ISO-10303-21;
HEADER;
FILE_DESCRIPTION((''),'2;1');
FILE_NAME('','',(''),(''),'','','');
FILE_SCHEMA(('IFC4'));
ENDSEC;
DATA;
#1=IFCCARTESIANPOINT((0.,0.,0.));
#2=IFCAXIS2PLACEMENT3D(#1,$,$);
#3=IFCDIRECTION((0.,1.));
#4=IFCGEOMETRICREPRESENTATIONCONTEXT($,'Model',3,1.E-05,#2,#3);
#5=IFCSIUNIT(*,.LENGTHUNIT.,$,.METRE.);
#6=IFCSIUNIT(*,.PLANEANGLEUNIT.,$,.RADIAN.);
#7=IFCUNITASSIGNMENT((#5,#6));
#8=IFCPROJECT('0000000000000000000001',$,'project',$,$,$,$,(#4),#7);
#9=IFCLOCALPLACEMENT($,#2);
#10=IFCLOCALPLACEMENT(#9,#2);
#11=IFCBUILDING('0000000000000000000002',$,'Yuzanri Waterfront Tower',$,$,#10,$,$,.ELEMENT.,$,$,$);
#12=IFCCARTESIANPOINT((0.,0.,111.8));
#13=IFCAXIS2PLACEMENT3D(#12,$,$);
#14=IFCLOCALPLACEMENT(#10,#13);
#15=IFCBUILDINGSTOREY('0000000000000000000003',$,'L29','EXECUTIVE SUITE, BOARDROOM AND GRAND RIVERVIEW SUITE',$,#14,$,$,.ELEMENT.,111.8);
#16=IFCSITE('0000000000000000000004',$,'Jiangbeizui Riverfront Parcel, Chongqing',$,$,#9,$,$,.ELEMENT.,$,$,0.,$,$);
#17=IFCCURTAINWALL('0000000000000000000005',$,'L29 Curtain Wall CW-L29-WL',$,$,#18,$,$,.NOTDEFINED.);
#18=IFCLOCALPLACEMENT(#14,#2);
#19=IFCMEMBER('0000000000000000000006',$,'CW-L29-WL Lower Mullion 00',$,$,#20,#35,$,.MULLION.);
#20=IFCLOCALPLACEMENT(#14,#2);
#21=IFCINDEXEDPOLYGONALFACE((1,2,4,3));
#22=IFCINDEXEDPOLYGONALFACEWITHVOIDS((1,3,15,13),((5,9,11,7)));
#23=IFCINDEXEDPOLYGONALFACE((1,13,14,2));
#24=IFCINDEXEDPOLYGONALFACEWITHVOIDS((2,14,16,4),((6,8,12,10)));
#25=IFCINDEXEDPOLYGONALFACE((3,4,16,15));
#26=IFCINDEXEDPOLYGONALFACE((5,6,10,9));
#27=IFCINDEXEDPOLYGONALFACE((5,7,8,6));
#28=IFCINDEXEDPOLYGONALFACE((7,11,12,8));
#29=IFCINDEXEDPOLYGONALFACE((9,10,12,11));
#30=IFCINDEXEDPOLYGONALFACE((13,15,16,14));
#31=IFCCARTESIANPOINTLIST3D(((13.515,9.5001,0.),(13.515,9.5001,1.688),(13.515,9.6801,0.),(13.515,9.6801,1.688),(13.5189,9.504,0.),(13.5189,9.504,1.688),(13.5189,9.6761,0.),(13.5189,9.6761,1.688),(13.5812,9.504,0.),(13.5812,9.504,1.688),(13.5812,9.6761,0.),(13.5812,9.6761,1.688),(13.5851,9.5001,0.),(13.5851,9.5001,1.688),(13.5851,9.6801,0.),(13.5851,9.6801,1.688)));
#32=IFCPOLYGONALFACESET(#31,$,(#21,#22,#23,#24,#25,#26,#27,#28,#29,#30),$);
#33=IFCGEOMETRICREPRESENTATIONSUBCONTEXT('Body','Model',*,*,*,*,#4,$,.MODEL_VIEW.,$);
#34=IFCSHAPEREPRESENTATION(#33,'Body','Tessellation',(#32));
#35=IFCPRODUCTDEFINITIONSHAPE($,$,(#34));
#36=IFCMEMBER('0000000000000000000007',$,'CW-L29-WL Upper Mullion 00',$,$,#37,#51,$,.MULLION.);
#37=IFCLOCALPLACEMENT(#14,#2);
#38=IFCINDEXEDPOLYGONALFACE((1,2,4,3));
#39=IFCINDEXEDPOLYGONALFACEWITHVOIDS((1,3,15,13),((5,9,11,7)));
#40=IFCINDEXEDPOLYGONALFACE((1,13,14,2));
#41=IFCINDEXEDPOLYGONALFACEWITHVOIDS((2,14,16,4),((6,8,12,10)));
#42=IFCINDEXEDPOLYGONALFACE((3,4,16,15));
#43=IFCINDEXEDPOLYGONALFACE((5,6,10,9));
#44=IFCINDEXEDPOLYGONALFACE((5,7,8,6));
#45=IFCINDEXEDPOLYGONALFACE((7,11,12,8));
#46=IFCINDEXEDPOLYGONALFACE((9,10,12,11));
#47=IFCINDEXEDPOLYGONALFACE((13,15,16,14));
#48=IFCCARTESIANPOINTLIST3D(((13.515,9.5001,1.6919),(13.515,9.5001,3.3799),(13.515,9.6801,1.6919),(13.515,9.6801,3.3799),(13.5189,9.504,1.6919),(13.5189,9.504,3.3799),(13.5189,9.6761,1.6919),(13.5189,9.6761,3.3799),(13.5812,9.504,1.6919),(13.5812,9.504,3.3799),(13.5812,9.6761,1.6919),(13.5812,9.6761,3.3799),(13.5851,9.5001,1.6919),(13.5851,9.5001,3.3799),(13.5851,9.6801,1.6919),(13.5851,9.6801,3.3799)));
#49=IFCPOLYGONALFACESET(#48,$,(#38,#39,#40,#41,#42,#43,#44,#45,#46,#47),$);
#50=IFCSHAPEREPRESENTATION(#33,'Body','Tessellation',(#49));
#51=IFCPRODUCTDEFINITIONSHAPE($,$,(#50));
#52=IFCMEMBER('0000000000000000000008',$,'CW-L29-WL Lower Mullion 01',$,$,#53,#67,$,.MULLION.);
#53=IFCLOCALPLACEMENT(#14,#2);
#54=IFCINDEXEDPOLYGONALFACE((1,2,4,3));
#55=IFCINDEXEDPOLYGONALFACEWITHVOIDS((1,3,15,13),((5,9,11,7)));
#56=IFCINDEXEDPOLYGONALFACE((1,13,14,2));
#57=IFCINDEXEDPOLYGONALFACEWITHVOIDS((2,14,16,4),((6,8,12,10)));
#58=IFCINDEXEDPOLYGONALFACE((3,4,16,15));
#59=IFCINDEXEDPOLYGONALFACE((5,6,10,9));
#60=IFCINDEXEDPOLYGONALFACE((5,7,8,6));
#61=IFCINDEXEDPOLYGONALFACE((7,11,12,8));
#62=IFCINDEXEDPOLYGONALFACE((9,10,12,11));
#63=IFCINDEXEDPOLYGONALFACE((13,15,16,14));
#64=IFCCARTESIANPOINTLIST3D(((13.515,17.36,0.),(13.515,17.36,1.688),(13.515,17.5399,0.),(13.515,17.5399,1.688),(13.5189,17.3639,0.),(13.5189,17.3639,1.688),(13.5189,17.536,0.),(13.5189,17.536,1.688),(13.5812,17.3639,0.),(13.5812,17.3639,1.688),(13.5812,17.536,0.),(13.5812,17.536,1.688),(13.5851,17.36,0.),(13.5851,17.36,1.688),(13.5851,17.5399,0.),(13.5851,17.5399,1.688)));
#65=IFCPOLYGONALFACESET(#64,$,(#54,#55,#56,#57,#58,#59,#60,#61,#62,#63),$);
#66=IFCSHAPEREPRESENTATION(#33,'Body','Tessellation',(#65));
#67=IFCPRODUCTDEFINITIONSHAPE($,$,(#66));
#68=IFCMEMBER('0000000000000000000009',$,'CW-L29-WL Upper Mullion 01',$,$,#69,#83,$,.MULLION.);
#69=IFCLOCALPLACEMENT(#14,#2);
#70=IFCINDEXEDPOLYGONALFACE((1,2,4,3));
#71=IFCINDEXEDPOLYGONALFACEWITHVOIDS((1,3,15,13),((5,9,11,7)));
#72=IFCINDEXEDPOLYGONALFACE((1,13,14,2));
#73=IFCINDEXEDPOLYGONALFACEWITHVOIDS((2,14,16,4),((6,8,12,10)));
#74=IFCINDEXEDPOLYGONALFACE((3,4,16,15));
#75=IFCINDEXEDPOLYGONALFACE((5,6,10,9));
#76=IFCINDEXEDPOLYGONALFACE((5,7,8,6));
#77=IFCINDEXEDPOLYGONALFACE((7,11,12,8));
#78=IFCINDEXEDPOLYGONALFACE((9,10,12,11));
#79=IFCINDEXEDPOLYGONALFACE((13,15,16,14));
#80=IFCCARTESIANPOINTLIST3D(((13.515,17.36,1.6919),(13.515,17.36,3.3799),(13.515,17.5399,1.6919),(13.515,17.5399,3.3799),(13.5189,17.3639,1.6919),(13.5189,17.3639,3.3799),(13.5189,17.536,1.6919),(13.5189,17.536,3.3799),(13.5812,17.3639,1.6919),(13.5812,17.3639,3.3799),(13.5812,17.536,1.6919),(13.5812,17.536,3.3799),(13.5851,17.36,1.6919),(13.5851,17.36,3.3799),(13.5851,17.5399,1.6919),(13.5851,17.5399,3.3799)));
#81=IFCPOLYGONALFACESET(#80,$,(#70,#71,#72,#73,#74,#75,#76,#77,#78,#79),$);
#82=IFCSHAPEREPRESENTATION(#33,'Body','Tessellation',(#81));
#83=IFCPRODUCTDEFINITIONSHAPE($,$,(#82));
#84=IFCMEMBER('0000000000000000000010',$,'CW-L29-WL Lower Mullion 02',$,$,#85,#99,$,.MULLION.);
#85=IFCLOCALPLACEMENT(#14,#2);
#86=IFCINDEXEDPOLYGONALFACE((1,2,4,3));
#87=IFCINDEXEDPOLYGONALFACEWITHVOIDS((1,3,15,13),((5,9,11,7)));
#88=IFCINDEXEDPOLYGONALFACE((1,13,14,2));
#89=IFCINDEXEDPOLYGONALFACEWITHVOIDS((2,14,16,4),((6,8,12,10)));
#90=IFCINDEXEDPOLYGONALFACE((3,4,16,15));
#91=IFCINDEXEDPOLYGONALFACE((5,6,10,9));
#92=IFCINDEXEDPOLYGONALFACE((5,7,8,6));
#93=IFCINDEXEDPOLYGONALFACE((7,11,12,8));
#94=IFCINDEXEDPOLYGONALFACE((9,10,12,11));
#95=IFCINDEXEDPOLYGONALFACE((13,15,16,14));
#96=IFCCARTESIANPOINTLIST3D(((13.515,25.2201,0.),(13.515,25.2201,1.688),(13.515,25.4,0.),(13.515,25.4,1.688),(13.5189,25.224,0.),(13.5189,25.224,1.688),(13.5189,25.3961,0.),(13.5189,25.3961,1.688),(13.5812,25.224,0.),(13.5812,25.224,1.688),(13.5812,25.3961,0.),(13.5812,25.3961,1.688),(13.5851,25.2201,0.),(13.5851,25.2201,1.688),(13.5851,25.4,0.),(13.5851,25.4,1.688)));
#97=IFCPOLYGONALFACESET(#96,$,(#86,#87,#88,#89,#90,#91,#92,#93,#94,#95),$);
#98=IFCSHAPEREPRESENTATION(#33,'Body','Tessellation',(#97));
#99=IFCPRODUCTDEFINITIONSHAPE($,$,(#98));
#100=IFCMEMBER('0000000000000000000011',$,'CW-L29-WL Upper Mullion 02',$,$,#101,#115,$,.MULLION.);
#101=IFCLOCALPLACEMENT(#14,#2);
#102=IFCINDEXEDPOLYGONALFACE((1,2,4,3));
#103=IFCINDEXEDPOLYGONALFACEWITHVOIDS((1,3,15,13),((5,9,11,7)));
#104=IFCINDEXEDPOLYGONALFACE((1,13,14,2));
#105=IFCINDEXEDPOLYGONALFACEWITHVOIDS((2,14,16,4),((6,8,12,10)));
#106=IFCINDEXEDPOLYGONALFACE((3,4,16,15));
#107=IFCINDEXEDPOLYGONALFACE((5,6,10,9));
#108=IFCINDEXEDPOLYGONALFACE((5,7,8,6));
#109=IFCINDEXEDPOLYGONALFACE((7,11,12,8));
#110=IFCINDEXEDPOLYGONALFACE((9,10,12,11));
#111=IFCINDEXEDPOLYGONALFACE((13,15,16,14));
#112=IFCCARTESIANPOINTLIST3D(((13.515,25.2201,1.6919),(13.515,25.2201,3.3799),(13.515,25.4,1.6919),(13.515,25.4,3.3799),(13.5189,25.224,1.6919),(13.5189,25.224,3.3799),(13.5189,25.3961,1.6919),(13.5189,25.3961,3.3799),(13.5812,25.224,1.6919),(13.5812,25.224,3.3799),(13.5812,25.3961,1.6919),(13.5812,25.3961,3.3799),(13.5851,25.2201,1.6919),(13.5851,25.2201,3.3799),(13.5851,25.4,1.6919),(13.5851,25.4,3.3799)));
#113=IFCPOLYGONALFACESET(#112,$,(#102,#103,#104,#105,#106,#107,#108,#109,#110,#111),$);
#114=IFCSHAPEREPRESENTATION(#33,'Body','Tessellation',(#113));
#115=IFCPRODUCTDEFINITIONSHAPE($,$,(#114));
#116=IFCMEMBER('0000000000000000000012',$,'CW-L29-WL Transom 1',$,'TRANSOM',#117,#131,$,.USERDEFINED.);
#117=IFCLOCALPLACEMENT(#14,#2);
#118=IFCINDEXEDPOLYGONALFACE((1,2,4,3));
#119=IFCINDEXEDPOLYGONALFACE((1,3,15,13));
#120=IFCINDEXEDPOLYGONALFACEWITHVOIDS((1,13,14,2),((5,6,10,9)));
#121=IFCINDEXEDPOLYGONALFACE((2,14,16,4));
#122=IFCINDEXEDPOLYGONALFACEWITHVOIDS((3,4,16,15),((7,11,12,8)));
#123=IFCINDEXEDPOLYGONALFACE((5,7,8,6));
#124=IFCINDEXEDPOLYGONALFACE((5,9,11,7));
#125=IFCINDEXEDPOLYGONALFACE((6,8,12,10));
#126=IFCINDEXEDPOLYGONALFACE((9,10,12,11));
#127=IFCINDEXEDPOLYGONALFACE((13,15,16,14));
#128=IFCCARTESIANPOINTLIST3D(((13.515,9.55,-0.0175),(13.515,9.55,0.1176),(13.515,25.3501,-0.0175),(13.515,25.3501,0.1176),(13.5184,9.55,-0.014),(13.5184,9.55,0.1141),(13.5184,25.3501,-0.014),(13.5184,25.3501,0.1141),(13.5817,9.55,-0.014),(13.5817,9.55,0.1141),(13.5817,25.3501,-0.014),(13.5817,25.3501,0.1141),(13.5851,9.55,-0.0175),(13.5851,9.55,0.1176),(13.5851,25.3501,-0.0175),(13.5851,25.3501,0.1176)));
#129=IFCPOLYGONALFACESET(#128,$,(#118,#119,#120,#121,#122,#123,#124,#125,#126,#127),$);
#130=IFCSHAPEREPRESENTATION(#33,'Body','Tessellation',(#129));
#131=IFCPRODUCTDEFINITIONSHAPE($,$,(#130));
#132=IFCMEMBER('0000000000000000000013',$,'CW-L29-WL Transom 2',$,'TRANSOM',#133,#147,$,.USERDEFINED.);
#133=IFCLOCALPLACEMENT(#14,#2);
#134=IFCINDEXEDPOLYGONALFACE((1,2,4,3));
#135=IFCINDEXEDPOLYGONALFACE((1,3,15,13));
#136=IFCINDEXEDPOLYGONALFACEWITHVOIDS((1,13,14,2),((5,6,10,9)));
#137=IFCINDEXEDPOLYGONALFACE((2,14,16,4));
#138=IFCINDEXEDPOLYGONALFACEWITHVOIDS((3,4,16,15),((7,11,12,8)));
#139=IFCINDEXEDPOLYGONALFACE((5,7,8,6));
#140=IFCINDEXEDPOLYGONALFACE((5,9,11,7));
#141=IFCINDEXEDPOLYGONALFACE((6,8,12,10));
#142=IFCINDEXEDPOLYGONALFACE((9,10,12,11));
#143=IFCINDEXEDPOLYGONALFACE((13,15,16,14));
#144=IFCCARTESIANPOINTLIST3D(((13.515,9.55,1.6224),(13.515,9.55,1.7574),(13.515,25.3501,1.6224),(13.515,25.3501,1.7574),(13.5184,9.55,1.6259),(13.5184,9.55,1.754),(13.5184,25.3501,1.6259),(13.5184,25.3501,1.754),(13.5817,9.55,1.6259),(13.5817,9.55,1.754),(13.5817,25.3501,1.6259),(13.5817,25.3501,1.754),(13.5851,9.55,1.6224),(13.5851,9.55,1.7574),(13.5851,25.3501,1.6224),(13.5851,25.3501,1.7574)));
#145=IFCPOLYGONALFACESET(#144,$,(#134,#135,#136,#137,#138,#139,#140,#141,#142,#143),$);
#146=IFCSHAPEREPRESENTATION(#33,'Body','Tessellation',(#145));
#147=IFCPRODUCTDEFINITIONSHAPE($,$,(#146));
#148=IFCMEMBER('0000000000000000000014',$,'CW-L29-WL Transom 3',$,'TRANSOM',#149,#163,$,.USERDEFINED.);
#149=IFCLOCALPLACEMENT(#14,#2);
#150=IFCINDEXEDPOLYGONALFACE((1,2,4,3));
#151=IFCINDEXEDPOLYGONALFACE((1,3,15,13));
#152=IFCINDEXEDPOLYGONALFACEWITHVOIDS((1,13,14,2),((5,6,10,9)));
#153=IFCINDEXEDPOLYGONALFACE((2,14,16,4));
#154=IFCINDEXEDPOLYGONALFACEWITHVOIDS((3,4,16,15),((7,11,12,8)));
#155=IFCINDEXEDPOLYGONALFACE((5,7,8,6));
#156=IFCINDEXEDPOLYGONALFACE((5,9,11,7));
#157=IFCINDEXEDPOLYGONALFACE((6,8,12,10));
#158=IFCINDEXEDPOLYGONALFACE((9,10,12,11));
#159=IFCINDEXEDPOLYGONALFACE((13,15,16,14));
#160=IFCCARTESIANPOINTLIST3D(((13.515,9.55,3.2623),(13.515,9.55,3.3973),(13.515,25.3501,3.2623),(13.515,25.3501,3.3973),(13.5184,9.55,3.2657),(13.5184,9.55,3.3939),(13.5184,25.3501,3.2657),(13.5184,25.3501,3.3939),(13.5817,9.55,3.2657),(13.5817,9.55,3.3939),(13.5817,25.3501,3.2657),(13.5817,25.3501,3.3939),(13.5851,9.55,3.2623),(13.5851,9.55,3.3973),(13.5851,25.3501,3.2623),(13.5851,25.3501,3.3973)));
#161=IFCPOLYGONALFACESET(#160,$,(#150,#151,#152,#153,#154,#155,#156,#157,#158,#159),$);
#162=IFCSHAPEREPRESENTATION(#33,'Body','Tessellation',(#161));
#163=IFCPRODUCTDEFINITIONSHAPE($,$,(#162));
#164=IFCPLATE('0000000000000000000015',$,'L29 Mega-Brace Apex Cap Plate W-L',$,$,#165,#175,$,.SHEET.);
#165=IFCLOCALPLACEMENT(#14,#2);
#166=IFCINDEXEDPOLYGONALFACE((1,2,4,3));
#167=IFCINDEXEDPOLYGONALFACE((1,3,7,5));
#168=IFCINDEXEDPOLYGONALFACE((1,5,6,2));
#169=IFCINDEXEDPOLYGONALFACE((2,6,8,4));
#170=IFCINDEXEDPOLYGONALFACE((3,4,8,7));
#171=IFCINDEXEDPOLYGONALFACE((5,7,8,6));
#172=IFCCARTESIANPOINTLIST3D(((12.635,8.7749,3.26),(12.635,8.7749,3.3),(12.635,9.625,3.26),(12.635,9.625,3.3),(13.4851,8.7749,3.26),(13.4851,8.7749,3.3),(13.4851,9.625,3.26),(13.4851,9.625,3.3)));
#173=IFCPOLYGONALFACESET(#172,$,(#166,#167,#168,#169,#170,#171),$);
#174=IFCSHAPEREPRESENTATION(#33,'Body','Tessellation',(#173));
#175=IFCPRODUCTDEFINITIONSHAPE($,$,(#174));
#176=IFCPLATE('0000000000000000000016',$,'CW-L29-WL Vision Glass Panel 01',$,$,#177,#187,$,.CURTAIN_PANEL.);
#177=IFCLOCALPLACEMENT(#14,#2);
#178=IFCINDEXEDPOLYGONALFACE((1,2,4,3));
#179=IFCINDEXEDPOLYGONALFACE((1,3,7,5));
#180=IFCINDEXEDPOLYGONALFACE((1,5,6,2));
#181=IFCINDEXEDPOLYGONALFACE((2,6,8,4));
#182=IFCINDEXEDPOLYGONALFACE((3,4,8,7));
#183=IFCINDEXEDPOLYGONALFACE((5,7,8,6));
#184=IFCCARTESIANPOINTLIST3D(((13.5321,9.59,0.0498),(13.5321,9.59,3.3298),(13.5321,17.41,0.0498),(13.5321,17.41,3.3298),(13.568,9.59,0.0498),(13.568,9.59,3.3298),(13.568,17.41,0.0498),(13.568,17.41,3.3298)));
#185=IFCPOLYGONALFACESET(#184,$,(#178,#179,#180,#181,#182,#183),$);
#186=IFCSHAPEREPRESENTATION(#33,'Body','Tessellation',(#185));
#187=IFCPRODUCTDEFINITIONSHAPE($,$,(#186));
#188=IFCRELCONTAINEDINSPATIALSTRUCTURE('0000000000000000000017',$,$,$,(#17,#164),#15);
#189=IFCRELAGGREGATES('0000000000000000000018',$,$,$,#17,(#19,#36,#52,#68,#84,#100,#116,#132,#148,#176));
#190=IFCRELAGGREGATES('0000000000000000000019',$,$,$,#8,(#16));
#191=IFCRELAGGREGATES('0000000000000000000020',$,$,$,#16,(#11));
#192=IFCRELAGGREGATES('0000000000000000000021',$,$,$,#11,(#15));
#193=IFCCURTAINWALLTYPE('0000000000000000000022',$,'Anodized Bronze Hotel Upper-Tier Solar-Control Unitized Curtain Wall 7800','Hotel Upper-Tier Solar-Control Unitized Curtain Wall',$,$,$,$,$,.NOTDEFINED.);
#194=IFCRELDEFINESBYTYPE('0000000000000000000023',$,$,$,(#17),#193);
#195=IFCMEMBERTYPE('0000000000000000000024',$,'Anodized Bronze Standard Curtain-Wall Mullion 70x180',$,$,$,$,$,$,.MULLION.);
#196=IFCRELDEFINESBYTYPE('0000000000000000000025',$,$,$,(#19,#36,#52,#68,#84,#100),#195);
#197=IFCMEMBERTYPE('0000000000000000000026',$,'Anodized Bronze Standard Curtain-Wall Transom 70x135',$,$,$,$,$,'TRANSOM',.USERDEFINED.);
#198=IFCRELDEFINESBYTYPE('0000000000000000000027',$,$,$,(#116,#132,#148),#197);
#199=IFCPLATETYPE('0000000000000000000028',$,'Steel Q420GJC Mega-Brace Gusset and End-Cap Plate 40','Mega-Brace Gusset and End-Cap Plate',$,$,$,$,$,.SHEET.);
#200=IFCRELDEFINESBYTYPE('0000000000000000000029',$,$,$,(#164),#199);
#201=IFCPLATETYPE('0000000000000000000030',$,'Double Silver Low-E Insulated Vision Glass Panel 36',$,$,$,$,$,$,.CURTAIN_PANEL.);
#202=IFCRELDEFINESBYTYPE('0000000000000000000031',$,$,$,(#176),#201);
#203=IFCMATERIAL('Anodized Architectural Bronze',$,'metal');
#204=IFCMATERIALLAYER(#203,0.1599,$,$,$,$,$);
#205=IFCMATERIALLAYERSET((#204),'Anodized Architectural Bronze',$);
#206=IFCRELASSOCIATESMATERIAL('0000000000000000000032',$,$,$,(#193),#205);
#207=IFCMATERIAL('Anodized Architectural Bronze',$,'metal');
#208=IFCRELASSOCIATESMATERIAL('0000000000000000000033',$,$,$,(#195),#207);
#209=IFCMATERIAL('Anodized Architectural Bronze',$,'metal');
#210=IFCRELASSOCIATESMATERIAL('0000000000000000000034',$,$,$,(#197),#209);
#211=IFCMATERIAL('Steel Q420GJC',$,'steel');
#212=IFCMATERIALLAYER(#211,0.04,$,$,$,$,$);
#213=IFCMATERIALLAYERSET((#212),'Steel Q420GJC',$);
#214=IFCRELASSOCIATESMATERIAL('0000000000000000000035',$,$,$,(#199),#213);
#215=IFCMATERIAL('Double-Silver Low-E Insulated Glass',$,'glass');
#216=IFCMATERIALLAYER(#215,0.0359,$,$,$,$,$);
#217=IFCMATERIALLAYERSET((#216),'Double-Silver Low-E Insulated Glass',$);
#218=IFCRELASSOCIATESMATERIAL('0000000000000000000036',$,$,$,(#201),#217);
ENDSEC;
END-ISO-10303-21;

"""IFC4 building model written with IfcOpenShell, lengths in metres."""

from ifc_helpers import new_model, si_unit, direction, frame, origin, origin_2d, place, context, subcontext, project, spatial, rectangle, hollow_rectangle, extrude, source, transform, mapped, material, layer, layer_set, material_profile, profile_set, type_object, element, aggregate, save


model = new_model("IFC4")

# Units and contexts
model_context = context("Model", 3, precision=1e-05, world=origin(), true_north=direction((0.0, 1.0)))
body_context = subcontext(model_context, "Body", "Model", "MODEL_VIEW")
ifc_project = project(units=[si_unit("LENGTHUNIT", "METRE"), si_unit("PLANEANGLEUNIT", "RADIAN")], contexts=[model_context])

# Site, building, storey
site_placement = place(None, origin())
site = spatial("IfcSite", under=ifc_project, at=site_placement, Name="Jiangbeizui Riverfront Parcel, Chongqing", CompositionType="ELEMENT", RefElevation=0.0)
building_placement = place(site_placement, origin())
building = spatial("IfcBuilding", under=site, at=building_placement, Name="Yuzanri Waterfront Tower", CompositionType="ELEMENT")
storey_placement = place(building_placement, frame((0.0, 0.0, 111.8)))
storey = spatial("IfcBuildingStorey", under=building, at=storey_placement, Name="L29", Description="EXECUTIVE SUITE, BOARDROOM AND GRAND RIVERVIEW SUITE", CompositionType="ELEMENT", Elevation=111.8)

# Curtain wall, members
ifc_material_1 = material(Name="Anodized Architectural Bronze", Category="metal")
ifc_layer_1 = layer(ifc_material_1, 0.1599)
ifc_layer_set_1 = layer_set([ifc_layer_1], Name="Anodized Architectural Bronze")
curtain_wall_type = type_object("IfcCurtainWallType", Name="Anodized Bronze Hotel Upper-Tier Solar-Control Unitized Curtain Wall 7800", Description="Hotel Upper-Tier Solar-Control Unitized Curtain Wall", PredefinedType="NOTDEFINED", material=ifc_layer_set_1)
curtain_wall_placement = place(storey_placement, origin())
curtain_wall = element("IfcCurtainWall", 1, at=curtain_wall_placement, inside=storey, type_object=curtain_wall_type, Name="L29 Curtain Wall CW-L29-WL", PredefinedType="NOTDEFINED")
ifc_material_2 = material(Name="Anodized Architectural Bronze", Category="metal")
ifc_material_profile_1 = material_profile(ifc_material_2, hollow_rectangle(XDim=0.0701, YDim=0.1799, WallThickness=0.0039, at=origin_2d()), Name="CWM 70x180")
ifc_profile_set_1 = profile_set([ifc_material_profile_1], Name="Anodized Architectural Bronze")
member_type_1 = type_object("IfcMemberType", Name="Anodized Bronze Standard Curtain-Wall Mullion 70x180", PredefinedType="MULLION", material=ifc_profile_set_1)
shared_shape_1 = source(origin(), body_context, "Body", "SweptSolid", [
    extrude(hollow_rectangle(XDim=0.0701, YDim=0.1799, WallThickness=0.0039, at=origin_2d()), origin(), (0.0, 0.0, 1.0), 1.688),
])
member_1_placement = place(storey_placement, frame((13.55, 9.5901, 0.0), z_axis=(0.0, 0.0, 1.0), x_axis=(1.0, 0.0, 0.0)))
member_1 = element("IfcMember", 2, at=member_1_placement, type_object=member_type_1, Name="CW-L29-WL Lower Mullion 00", PredefinedType="MULLION", context=body_context, shape_type="MappedRepresentation", body=[
    mapped(shared_shape_1, transform((0.0, 0.0, 0.0), scale=1.0)),
])
member_2_placement = place(storey_placement, frame((13.55, 9.5901, 1.6919), z_axis=(0.0, 0.0, 1.0), x_axis=(1.0, 0.0, 0.0)))
member_2 = element("IfcMember", 3, at=member_2_placement, type_object=member_type_1, Name="CW-L29-WL Upper Mullion 00", PredefinedType="MULLION", context=body_context, shape_type="MappedRepresentation", body=[
    mapped(shared_shape_1, transform((0.0, 0.0, 0.0), scale=1.0)),
])
member_3_placement = place(storey_placement, frame((13.55, 17.45, 0.0), z_axis=(0.0, 0.0, 1.0), x_axis=(1.0, 0.0, 0.0)))
member_3 = element("IfcMember", 4, at=member_3_placement, type_object=member_type_1, Name="CW-L29-WL Lower Mullion 01", PredefinedType="MULLION", context=body_context, shape_type="MappedRepresentation", body=[
    mapped(shared_shape_1, transform((0.0, 0.0, 0.0), scale=1.0)),
])
member_4_placement = place(storey_placement, frame((13.55, 17.45, 1.6919), z_axis=(0.0, 0.0, 1.0), x_axis=(1.0, 0.0, 0.0)))
member_4 = element("IfcMember", 5, at=member_4_placement, type_object=member_type_1, Name="CW-L29-WL Upper Mullion 01", PredefinedType="MULLION", context=body_context, shape_type="MappedRepresentation", body=[
    mapped(shared_shape_1, transform((0.0, 0.0, 0.0), scale=1.0)),
])
member_5_placement = place(storey_placement, frame((13.55, 25.3101, 0.0), z_axis=(0.0, 0.0, 1.0), x_axis=(1.0, 0.0, 0.0)))
member_5 = element("IfcMember", 6, at=member_5_placement, type_object=member_type_1, Name="CW-L29-WL Lower Mullion 02", PredefinedType="MULLION", context=body_context, shape_type="MappedRepresentation", body=[
    mapped(shared_shape_1, transform((0.0, 0.0, 0.0), scale=1.0)),
])
member_6_placement = place(storey_placement, frame((13.55, 25.3101, 1.6919), z_axis=(0.0, 0.0, 1.0), x_axis=(1.0, 0.0, 0.0)))
member_6 = element("IfcMember", 7, at=member_6_placement, type_object=member_type_1, Name="CW-L29-WL Upper Mullion 02", PredefinedType="MULLION", context=body_context, shape_type="MappedRepresentation", body=[
    mapped(shared_shape_1, transform((0.0, 0.0, 0.0), scale=1.0)),
])
ifc_material_3 = material(Name="Anodized Architectural Bronze", Category="metal")
ifc_material_profile_2 = material_profile(ifc_material_3, hollow_rectangle(XDim=0.0701, YDim=0.135, WallThickness=0.0034, at=origin_2d()), Name="CWT 70x135")
ifc_profile_set_2 = profile_set([ifc_material_profile_2], Name="Anodized Architectural Bronze")
member_type_2 = type_object("IfcMemberType", Name="Anodized Bronze Standard Curtain-Wall Transom 70x135", ElementType="TRANSOM", PredefinedType="USERDEFINED", material=ifc_profile_set_2)
shared_shape_2 = source(origin(), body_context, "Body", "SweptSolid", [
    extrude(hollow_rectangle(XDim=0.0701, YDim=0.135, WallThickness=0.0034, at=origin_2d()), origin(), (0.0, 0.0, 1.0), 15.8),
])
member_7_placement = place(storey_placement, frame((13.55, 9.55, 0.05), z_axis=(0.0, 1.0, 0.0), x_axis=(-1.0, 0.0, 0.0)))
member_7 = element("IfcMember", 8, at=member_7_placement, type_object=member_type_2, Name="CW-L29-WL Transom 1", ObjectType="TRANSOM", PredefinedType="USERDEFINED", context=body_context, shape_type="MappedRepresentation", body=[
    mapped(shared_shape_2, transform((0.0, 0.0, 0.0), scale=1.0)),
])
member_8_placement = place(storey_placement, frame((13.55, 9.55, 1.6899), z_axis=(0.0, 1.0, 0.0), x_axis=(-1.0, 0.0, 0.0)))
member_8 = element("IfcMember", 9, at=member_8_placement, type_object=member_type_2, Name="CW-L29-WL Transom 2", ObjectType="TRANSOM", PredefinedType="USERDEFINED", context=body_context, shape_type="MappedRepresentation", body=[
    mapped(shared_shape_2, transform((0.0, 0.0, 0.0), scale=1.0)),
])
member_9_placement = place(storey_placement, frame((13.55, 9.55, 3.3298), z_axis=(0.0, 1.0, 0.0), x_axis=(-1.0, 0.0, 0.0)))
member_9 = element("IfcMember", 10, at=member_9_placement, type_object=member_type_2, Name="CW-L29-WL Transom 3", ObjectType="TRANSOM", PredefinedType="USERDEFINED", context=body_context, shape_type="MappedRepresentation", body=[
    mapped(shared_shape_2, transform((0.0, 0.0, 0.0), scale=1.0)),
])

# Plates
ifc_material_4 = material(Name="Steel Q420GJC", Category="steel")
ifc_layer_2 = layer(ifc_material_4, 0.04)
ifc_layer_set_2 = layer_set([ifc_layer_2], Name="Steel Q420GJC")
plate_type_1 = type_object("IfcPlateType", Name="Steel Q420GJC Mega-Brace Gusset and End-Cap Plate 40", Description="Mega-Brace Gusset and End-Cap Plate", PredefinedType="SHEET", material=ifc_layer_set_2)
shared_shape_3 = source(origin(), body_context, "Body", "SweptSolid", [
    extrude(rectangle(XDim=0.8501, YDim=0.8501, at=origin_2d()), origin(), (0.0, 0.0, 1.0), 0.04),
])
plate_1_placement = place(storey_placement, frame((13.0601, 9.2, 3.26), z_axis=(0.0, 0.0, 1.0), x_axis=(1.0, 0.0, 0.0)))
element("IfcPlate", 11, at=plate_1_placement, inside=storey, type_object=plate_type_1, Name="L29 Mega-Brace Apex Cap Plate W-L", PredefinedType="SHEET", context=body_context, shape_type="MappedRepresentation", body=[
    mapped(shared_shape_3, transform((0.0, 0.0, 0.0), scale=1.0)),
])
ifc_material_5 = material(Name="Double-Silver Low-E Insulated Glass", Category="glass")
ifc_layer_3 = layer(ifc_material_5, 0.0359)
ifc_layer_set_3 = layer_set([ifc_layer_3], Name="Double-Silver Low-E Insulated Glass")
plate_type_2 = type_object("IfcPlateType", Name="Double Silver Low-E Insulated Vision Glass Panel 36", PredefinedType="CURTAIN_PANEL", material=ifc_layer_set_3)
shared_shape_4 = source(origin(), body_context, "Body", "SweptSolid", [
    extrude(rectangle(XDim=7.8201, YDim=0.0359, at=origin_2d()), origin(), (0.0, 0.0, 1.0), 3.28),
])
plate_2_placement = place(storey_placement, frame((13.55, 13.5, 0.0498), z_axis=(0.0, 0.0, 1.0), x_axis=(0.0, 1.0, 0.0)))
plate_2 = element("IfcPlate", 12, at=plate_2_placement, type_object=plate_type_2, Name="CW-L29-WL Vision Glass Panel 01", PredefinedType="CURTAIN_PANEL", context=body_context, shape_type="MappedRepresentation", body=[
    mapped(shared_shape_4, transform((0.0, 0.0, 0.0), scale=1.0)),
])
aggregate(curtain_wall, [member_1, member_2, member_3, member_4, member_5, member_6, member_7, member_8, member_9, plate_2])

save(model, "model.ifc")
